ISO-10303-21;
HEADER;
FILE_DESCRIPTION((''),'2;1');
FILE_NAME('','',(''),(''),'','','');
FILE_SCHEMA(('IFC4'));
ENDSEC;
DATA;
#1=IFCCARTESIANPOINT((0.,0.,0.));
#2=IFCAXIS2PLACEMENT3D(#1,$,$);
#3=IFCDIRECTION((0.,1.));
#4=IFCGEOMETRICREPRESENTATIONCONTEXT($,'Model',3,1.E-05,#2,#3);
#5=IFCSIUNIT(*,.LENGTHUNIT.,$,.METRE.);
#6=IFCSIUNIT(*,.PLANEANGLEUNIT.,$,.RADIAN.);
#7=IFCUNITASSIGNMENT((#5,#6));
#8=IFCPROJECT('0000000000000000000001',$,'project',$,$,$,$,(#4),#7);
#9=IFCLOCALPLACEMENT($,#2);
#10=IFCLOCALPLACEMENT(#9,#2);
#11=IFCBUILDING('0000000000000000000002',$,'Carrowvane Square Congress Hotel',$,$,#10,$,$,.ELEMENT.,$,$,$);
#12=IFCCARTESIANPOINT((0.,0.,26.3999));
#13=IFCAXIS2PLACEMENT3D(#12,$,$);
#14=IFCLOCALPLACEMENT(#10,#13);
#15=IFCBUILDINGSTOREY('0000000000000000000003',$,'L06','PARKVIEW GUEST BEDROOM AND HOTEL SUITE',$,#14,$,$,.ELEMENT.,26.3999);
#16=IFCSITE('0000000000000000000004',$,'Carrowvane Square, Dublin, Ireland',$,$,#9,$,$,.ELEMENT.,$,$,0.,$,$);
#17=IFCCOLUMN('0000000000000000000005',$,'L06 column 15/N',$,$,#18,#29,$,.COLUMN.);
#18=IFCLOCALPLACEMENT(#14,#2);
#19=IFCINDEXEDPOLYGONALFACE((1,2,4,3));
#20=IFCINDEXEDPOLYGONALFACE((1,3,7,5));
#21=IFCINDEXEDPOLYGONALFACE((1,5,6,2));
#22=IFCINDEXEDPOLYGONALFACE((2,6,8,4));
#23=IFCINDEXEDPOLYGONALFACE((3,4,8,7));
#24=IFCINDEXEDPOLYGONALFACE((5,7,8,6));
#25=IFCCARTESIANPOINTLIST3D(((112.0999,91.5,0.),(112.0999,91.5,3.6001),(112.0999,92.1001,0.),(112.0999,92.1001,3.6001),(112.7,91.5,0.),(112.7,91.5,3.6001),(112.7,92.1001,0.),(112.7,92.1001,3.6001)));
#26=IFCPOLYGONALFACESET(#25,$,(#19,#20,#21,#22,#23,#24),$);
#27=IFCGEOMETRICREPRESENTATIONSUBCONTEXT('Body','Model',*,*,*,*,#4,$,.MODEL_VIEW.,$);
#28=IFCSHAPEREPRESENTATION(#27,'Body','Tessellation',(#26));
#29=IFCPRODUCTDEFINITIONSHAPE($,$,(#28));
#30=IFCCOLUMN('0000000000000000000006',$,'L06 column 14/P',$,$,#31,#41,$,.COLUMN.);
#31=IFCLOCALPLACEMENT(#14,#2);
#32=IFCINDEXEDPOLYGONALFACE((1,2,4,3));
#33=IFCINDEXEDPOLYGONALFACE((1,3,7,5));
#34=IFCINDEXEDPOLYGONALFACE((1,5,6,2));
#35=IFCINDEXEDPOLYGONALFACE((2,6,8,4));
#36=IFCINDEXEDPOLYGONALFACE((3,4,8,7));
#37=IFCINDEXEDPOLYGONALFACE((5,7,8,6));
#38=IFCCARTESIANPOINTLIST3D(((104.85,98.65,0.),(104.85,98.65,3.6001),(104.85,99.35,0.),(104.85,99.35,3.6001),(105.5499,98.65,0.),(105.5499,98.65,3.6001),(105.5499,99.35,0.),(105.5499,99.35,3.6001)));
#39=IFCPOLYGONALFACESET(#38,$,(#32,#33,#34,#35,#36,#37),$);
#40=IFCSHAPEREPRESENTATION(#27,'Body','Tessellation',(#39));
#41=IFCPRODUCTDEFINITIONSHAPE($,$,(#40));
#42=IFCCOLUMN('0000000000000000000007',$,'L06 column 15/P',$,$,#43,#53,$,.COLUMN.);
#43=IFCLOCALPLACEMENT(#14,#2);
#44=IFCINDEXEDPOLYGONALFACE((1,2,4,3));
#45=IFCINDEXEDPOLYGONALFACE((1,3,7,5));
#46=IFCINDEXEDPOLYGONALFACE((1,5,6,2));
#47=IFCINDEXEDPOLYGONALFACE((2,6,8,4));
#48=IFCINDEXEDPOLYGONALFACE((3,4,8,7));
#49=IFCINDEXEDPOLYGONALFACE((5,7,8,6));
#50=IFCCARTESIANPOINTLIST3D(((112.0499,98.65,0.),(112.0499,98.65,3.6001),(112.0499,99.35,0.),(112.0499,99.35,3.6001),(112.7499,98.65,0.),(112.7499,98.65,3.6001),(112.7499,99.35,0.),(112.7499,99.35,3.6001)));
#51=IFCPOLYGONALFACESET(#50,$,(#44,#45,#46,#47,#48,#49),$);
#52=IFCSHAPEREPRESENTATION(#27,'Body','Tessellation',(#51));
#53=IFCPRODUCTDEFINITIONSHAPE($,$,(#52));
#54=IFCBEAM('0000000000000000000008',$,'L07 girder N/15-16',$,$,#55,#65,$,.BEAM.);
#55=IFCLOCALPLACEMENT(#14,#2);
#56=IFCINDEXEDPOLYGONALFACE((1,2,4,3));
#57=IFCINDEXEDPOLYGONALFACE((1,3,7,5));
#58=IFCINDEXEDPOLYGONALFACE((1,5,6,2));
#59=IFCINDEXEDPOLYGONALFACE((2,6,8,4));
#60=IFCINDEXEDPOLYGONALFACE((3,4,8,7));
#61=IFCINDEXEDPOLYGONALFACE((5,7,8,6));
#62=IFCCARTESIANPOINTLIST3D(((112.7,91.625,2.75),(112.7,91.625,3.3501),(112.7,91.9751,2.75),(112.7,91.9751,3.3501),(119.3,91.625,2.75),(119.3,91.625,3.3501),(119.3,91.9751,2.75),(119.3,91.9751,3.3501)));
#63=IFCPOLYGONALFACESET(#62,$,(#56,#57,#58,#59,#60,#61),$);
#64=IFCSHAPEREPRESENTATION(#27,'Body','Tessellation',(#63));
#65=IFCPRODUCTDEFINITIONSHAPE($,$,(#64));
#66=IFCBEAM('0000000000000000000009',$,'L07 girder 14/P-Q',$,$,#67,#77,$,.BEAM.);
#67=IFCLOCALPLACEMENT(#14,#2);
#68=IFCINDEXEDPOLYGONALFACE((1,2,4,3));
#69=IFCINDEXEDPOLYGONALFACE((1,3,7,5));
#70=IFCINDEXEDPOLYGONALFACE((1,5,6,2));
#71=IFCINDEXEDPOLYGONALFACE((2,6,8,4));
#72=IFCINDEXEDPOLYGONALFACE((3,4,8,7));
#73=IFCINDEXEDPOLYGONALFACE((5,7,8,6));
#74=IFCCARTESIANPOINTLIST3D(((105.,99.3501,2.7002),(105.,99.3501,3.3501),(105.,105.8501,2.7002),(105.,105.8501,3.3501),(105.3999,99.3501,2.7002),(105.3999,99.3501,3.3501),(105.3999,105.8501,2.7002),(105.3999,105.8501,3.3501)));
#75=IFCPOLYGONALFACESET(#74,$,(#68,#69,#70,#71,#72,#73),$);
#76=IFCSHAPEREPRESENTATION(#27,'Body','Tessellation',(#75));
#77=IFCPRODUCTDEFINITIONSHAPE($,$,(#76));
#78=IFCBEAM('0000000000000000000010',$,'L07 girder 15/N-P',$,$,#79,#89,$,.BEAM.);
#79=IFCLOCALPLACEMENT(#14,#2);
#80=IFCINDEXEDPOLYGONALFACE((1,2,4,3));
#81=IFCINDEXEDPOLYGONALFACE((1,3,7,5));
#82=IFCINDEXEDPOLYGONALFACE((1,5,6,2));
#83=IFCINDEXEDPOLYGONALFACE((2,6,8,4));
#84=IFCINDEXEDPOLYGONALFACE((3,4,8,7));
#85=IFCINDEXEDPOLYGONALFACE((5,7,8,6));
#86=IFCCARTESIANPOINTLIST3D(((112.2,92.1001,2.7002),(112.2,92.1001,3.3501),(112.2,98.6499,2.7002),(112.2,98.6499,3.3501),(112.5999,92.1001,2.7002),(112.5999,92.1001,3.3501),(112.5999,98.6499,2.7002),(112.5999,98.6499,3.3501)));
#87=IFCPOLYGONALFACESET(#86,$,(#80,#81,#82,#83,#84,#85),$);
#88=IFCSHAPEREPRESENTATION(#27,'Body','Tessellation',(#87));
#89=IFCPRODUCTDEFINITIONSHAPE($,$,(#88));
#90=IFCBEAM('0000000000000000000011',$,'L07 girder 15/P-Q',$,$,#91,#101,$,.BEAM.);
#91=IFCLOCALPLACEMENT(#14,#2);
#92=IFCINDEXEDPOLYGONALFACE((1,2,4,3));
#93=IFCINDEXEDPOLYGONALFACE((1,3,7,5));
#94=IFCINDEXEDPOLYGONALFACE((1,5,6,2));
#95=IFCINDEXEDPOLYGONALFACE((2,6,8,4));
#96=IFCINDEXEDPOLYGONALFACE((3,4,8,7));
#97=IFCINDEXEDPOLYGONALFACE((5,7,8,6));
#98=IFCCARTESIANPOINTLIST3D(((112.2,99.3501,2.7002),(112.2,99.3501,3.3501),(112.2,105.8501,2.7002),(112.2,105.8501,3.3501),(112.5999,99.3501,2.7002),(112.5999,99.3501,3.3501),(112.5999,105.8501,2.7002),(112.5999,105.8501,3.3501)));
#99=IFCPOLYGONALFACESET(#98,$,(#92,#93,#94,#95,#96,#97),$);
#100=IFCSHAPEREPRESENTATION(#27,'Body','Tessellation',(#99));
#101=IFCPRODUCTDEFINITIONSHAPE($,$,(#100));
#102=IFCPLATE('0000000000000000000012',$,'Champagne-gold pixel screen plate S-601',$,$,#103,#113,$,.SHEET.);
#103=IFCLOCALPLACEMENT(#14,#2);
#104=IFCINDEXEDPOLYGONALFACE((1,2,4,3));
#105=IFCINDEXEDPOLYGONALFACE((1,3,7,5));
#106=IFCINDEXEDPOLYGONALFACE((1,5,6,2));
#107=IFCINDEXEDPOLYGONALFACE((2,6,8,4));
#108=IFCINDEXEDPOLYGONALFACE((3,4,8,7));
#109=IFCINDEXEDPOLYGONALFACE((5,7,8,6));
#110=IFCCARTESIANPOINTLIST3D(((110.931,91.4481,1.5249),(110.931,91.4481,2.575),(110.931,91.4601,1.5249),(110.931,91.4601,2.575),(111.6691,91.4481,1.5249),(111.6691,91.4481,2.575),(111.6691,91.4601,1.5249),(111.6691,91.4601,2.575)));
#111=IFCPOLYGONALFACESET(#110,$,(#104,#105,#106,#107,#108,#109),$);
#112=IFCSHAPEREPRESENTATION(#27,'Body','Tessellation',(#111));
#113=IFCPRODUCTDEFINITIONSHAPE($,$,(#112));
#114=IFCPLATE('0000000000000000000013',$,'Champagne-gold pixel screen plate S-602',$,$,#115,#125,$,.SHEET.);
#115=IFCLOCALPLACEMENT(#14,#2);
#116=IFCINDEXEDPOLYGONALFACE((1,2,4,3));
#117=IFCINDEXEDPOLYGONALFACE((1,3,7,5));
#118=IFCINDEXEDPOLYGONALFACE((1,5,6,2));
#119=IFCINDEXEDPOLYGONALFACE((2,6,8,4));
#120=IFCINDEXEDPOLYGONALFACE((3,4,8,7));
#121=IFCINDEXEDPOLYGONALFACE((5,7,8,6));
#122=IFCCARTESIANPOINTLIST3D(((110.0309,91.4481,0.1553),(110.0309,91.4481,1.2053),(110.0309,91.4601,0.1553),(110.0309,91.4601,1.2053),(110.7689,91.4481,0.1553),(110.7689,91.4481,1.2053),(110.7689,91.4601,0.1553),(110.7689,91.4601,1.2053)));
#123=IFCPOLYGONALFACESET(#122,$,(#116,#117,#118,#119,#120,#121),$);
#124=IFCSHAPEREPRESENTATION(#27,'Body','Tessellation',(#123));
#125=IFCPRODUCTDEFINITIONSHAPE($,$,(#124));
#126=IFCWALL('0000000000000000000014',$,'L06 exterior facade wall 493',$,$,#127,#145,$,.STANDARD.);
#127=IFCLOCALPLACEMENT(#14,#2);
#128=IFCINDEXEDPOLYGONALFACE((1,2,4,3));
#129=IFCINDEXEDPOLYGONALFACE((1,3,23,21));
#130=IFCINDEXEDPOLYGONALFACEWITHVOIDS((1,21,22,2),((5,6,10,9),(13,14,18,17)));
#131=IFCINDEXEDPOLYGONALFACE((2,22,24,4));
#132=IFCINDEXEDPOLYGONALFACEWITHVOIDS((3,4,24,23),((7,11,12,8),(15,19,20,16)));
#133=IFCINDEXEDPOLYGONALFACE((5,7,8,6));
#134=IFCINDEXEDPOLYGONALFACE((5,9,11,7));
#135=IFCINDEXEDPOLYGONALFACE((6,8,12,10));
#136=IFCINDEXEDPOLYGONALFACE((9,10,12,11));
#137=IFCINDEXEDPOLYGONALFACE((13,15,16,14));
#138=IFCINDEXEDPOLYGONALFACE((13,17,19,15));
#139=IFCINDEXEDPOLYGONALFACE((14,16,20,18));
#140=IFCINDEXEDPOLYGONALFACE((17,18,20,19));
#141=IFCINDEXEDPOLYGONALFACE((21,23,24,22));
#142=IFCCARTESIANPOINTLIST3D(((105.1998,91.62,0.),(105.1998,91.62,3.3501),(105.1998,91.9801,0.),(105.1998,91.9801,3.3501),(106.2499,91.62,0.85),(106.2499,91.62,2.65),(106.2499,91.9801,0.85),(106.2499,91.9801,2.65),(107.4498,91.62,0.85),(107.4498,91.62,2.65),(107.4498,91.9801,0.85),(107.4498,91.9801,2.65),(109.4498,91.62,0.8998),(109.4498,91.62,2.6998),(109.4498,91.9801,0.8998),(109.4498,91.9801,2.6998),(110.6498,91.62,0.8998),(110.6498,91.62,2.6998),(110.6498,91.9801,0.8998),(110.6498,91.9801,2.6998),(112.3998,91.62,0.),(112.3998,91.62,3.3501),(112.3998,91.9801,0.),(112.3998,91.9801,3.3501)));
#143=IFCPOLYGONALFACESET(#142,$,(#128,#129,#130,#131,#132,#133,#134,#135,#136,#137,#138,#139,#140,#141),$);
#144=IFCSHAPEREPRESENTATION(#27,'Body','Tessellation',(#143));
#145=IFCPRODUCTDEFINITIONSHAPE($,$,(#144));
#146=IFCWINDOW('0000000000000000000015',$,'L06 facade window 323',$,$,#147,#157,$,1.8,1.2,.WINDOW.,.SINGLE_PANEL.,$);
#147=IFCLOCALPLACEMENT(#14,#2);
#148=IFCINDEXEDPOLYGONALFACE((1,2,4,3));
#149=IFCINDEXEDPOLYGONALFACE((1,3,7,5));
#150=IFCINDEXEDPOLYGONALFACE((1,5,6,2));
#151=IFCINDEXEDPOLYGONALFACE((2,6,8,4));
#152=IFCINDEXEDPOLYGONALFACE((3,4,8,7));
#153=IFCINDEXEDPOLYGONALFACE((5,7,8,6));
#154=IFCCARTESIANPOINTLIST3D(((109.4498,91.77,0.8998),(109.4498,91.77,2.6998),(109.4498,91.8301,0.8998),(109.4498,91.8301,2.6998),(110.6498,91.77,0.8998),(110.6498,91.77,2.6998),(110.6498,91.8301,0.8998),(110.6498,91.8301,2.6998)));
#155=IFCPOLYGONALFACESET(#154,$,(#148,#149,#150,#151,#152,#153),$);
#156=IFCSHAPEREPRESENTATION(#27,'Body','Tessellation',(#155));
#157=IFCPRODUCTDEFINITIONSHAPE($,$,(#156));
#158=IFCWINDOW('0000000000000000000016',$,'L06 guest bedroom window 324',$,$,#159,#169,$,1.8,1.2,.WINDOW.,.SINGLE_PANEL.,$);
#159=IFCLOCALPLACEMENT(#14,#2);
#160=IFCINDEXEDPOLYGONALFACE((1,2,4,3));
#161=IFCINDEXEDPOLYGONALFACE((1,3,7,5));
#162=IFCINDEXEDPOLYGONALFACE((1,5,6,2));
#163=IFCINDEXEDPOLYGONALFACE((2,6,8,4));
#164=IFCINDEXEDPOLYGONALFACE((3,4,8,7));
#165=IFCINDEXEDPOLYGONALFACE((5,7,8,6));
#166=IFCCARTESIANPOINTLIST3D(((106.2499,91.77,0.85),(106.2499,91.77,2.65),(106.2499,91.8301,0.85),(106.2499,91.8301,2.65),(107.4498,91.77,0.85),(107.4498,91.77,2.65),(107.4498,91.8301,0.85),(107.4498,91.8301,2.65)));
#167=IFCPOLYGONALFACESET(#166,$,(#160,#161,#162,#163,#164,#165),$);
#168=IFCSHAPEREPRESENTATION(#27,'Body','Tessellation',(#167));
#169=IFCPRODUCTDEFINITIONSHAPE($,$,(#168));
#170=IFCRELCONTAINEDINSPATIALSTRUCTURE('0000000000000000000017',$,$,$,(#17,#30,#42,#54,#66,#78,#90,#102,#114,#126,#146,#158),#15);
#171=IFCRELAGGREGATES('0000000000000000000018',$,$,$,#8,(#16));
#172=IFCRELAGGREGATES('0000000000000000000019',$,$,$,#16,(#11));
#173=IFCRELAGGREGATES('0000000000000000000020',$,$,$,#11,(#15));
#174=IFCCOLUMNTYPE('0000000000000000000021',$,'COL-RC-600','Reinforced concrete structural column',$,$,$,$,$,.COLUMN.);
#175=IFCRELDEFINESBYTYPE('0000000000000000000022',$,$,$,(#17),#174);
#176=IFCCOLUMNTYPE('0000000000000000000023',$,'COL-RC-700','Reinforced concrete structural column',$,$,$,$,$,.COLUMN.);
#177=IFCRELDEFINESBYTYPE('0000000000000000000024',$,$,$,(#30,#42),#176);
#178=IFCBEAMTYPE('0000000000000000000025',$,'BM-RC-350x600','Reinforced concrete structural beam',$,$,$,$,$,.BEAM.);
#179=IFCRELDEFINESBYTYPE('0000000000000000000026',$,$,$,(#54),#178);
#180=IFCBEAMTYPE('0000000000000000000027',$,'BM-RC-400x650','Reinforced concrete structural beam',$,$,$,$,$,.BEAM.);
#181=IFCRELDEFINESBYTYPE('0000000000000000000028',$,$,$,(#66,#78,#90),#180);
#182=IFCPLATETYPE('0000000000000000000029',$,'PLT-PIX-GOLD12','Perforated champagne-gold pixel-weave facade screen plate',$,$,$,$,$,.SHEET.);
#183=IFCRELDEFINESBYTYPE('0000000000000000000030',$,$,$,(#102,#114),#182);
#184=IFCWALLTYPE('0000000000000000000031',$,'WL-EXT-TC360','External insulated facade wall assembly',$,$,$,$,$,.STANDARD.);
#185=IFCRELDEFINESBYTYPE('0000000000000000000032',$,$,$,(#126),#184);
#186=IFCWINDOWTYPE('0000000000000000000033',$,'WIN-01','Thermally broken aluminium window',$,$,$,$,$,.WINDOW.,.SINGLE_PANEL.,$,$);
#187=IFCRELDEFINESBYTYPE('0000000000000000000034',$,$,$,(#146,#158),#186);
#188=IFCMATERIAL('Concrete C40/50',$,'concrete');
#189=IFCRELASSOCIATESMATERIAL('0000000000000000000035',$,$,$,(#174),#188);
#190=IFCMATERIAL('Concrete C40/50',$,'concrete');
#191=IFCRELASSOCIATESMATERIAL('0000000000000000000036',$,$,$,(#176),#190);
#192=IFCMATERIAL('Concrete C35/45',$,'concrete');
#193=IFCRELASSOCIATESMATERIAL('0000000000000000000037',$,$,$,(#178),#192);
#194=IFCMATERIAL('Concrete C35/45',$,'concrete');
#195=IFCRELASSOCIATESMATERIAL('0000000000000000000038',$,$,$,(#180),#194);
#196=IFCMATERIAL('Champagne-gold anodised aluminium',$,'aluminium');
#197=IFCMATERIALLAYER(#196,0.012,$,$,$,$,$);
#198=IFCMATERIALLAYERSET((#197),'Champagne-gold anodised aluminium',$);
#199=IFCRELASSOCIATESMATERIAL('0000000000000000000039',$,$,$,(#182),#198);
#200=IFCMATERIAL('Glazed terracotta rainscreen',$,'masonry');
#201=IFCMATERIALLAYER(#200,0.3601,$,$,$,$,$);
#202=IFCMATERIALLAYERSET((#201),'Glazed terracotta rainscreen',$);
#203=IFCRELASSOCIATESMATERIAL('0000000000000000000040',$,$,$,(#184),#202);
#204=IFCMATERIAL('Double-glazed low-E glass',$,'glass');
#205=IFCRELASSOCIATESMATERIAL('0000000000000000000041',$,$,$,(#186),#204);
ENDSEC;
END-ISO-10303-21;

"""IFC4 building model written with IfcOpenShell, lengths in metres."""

from ifc_helpers import new_model, si_unit, direction, frame, frame_2d, origin, origin_2d, place, context, subcontext, project, spatial, rectangle, extrude, material, layer, layer_set, material_profile, profile_set, type_object, element, fill, save


model = new_model("IFC4")

# Units and contexts
model_context = context("Model", 3, precision=1e-05, world=origin(), true_north=direction((0.0, 1.0)))
body_context = subcontext(model_context, "Body", "Model", "MODEL_VIEW")
ifc_project = project(units=[si_unit("LENGTHUNIT", "METRE"), si_unit("PLANEANGLEUNIT", "RADIAN")], contexts=[model_context])

# Site, building, storey
site_placement = place(None, origin())
site = spatial("IfcSite", under=ifc_project, at=site_placement, Name="Carrowvane Square, Dublin, Ireland", CompositionType="ELEMENT", RefElevation=0.0)
building_placement = place(site_placement, origin())
building = spatial("IfcBuilding", under=site, at=building_placement, Name="Carrowvane Square Congress Hotel", CompositionType="ELEMENT")
storey_placement = place(building_placement, frame((0.0, 0.0, 26.3999)))
storey = spatial("IfcBuildingStorey", under=building, at=storey_placement, Name="L06", Description="PARKVIEW GUEST BEDROOM AND HOTEL SUITE", CompositionType="ELEMENT", Elevation=26.3999)

# Columns
ifc_material_1 = material(Name="Concrete C40/50", Category="concrete")
ifc_material_profile_1 = material_profile(ifc_material_1, rectangle(XDim=0.6001, YDim=0.6001, at=origin_2d()), Name="RC 600x600")
ifc_profile_set_1 = profile_set([ifc_material_profile_1], Name="Concrete C40/50")
column_type_1 = type_object("IfcColumnType", Name="COL-RC-600", Description="Reinforced concrete structural column", PredefinedType="COLUMN", material=ifc_profile_set_1)
column_placement = place(storey_placement, frame((112.3999, 91.8, 0.0), z_axis=(0.0, 0.0, 1.0), x_axis=(1.0, 0.0, 0.0)))
element("IfcColumn", 1, at=column_placement, inside=storey, type_object=column_type_1, Name="L06 column 15/N", PredefinedType="COLUMN", context=body_context, shape_type="SweptSolid", body=[
    extrude(rectangle(XDim=0.6001, YDim=0.6001, at=origin_2d()), origin(), (0.0, 0.0, 1.0), 3.6001),
])
ifc_material_2 = material(Name="Concrete C40/50", Category="concrete")
ifc_material_profile_2 = material_profile(ifc_material_2, rectangle(XDim=0.7, YDim=0.7, at=origin_2d()), Name="RC 700x700")
ifc_profile_set_2 = profile_set([ifc_material_profile_2], Name="Concrete C40/50")
column_type_2 = type_object("IfcColumnType", Name="COL-RC-700", Description="Reinforced concrete structural column", PredefinedType="COLUMN", material=ifc_profile_set_2)
for number, where, z_axis, x_axis, name in (
    (2, (105.2, 99.0, 0.0), (0.0, 0.0, 1.0), (1.0, 0.0, 0.0), "L06 column 14/P"),
    (3, (112.3999, 99.0, 0.0), (0.0, 0.0, 1.0), (1.0, 0.0, 0.0), "L06 column 15/P"),
):
    element("IfcColumn", number, at=place(storey_placement, frame(where, z_axis=z_axis, x_axis=x_axis)), inside=storey, type_object=column_type_2, Name=name, PredefinedType="COLUMN", context=body_context, shape_type="SweptSolid", body=[
        extrude(rectangle(XDim=0.7, YDim=0.7, at=origin_2d()), origin(), (0.0, 0.0, 1.0), 3.6001),
    ])

# Beams
ifc_material_3 = material(Name="Concrete C35/45", Category="concrete")
ifc_material_profile_3 = material_profile(ifc_material_3, rectangle(XDim=0.3501, YDim=0.6001, at=origin_2d()), Name="RC 350x600")
ifc_profile_set_3 = profile_set([ifc_material_profile_3], Name="Concrete C35/45")
beam_type_1 = type_object("IfcBeamType", Name="BM-RC-350x600", Description="Reinforced concrete structural beam", PredefinedType="BEAM", material=ifc_profile_set_3)
beam_1_placement = place(storey_placement, frame((112.7, 91.8, 3.05), z_axis=(1.0, 0.0, 0.0), x_axis=(0.0, 1.0, 0.0)))
element("IfcBeam", 4, at=beam_1_placement, inside=storey, type_object=beam_type_1, Name="L07 girder N/15-16", PredefinedType="BEAM", context=body_context, shape_type="SweptSolid", body=[
    extrude(rectangle(XDim=0.3501, YDim=0.6001, at=origin_2d()), origin(), (0.0, 0.0, 1.0), 6.6001),
])
ifc_material_4 = material(Name="Concrete C35/45", Category="concrete")
ifc_material_profile_4 = material_profile(ifc_material_4, rectangle(XDim=0.3999, YDim=0.6499, at=origin_2d()), Name="RC 400x650")
ifc_profile_set_4 = profile_set([ifc_material_profile_4], Name="Concrete C35/45")
beam_type_2 = type_object("IfcBeamType", Name="BM-RC-400x650", Description="Reinforced concrete structural beam", PredefinedType="BEAM", material=ifc_profile_set_4)
beam_2_placement = place(storey_placement, frame((105.2, 99.3501, 3.0251), z_axis=(0.0, 1.0, 0.0), x_axis=(-1.0, 0.0, 0.0)))
element("IfcBeam", 5, at=beam_2_placement, inside=storey, type_object=beam_type_2, Name="L07 girder 14/P-Q", PredefinedType="BEAM", context=body_context, shape_type="SweptSolid", body=[
    extrude(rectangle(XDim=0.3999, YDim=0.6499, at=origin_2d()), origin(), (0.0, 0.0, 1.0), 6.5),
])
beam_3_placement = place(storey_placement, frame((112.3999, 92.1001, 3.0251), z_axis=(0.0, 1.0, 0.0), x_axis=(-1.0, 0.0, 0.0)))
element("IfcBeam", 6, at=beam_3_placement, inside=storey, type_object=beam_type_2, Name="L07 girder 15/N-P", PredefinedType="BEAM", context=body_context, shape_type="SweptSolid", body=[
    extrude(rectangle(XDim=0.3999, YDim=0.6499, at=origin_2d()), origin(), (0.0, 0.0, 1.0), 6.5498),
])
beam_4_placement = place(storey_placement, frame((112.3999, 99.3501, 3.0251), z_axis=(0.0, 1.0, 0.0), x_axis=(-1.0, 0.0, 0.0)))
element("IfcBeam", 7, at=beam_4_placement, inside=storey, type_object=beam_type_2, Name="L07 girder 15/P-Q", PredefinedType="BEAM", context=body_context, shape_type="SweptSolid", body=[
    extrude(rectangle(XDim=0.3999, YDim=0.6499, at=origin_2d()), origin(), (0.0, 0.0, 1.0), 6.5),
])

# Plates
ifc_material_5 = material(Name="Champagne-gold anodised aluminium", Category="aluminium")
ifc_layer_1 = layer(ifc_material_5, 0.012)
ifc_layer_set_1 = layer_set([ifc_layer_1], Name="Champagne-gold anodised aluminium")
plate_type = type_object("IfcPlateType", Name="PLT-PIX-GOLD12", Description="Perforated champagne-gold pixel-weave facade screen plate", PredefinedType="SHEET", material=ifc_layer_set_1)
for number, where, z_axis, x_axis, name in (
    (8, (111.3, 91.4541, 1.5249), (0.0, 0.0, 1.0), (-1.0, 0.0, 0.0), "Champagne-gold pixel screen plate S-601"),
    (9, (110.3999, 91.4541, 0.1553), (0.0, 0.0, 1.0), (-1.0, 0.0, 0.0), "Champagne-gold pixel screen plate S-602"),
):
    element("IfcPlate", number, at=place(storey_placement, frame(where, z_axis=z_axis, x_axis=x_axis)), inside=storey, type_object=plate_type, Name=name, PredefinedType="SHEET", context=body_context, shape_type="SweptSolid", body=[
        extrude(rectangle(XDim=0.738, YDim=0.012, at=origin_2d()), origin(), (0.0, 0.0, 1.0), 1.05),
    ])

# Wall, openings, windows
ifc_material_6 = material(Name="Glazed terracotta rainscreen", Category="masonry")
ifc_layer_2 = layer(ifc_material_6, 0.3601)
ifc_layer_set_2 = layer_set([ifc_layer_2], Name="Glazed terracotta rainscreen")
wall_type_1 = type_object("IfcWallType", Name="WL-EXT-TC360", Description="External insulated facade wall assembly", PredefinedType="STANDARD", material=ifc_layer_set_2)
wall_1_placement = place(storey_placement, frame((112.3999, 91.8, 0.0), z_axis=(0.0, 0.0, 1.0), x_axis=(-1.0, 0.0, 0.0)))
wall_1 = element("IfcWall", 10, at=wall_1_placement, inside=storey, type_object=wall_type_1, Name="L06 exterior facade wall 493", PredefinedType="STANDARD", context=body_context, shape_type="SweptSolid", body=[
    extrude(rectangle(XDim=7.2, YDim=0.3601, at=frame_2d((3.6001, 0.0))), origin(), (0.0, 0.0, 1.0), 3.3501),
])
opening_1_placement = place(wall_1_placement, frame((1.75, 0.0, 0.8999)))
opening_1 = element("IfcOpeningElement", 11, at=opening_1_placement, cuts=wall_1, PredefinedType="OPENING", context=body_context, shape_type="SweptSolid", body=[
    extrude(rectangle(XDim=1.2, YDim=1.8, at=frame_2d((0.6001, 0.8999))), frame((0.0, 0.1899, 0.0), z_axis=(0.0, -1.0, 0.0), x_axis=(1.0, 0.0, 0.0)), (0.0, 0.0, 1.0), 0.3801),
])
opening_2_placement = place(wall_1_placement, frame((4.95, 0.0, 0.8501)))
opening_2 = element("IfcOpeningElement", 12, at=opening_2_placement, cuts=wall_1, PredefinedType="OPENING", context=body_context, shape_type="SweptSolid", body=[
    extrude(rectangle(XDim=1.2, YDim=1.8, at=frame_2d((0.6001, 0.8999))), frame((0.0, 0.1899, 0.0), z_axis=(0.0, -1.0, 0.0), x_axis=(1.0, 0.0, 0.0)), (0.0, 0.0, 1.0), 0.3801),
])
ifc_material_7 = material(Name="Double-glazed low-E glass", Category="glass")
window_type_1 = type_object("IfcWindowType", Name="WIN-01", Description="Thermally broken aluminium window", PartitioningType="SINGLE_PANEL", PredefinedType="WINDOW", material=ifc_material_7)
window_1_placement = place(opening_1_placement, origin())
window_1 = element("IfcWindow", 13, at=window_1_placement, inside=storey, type_object=window_type_1, Name="L06 facade window 323", OverallHeight=1.8, OverallWidth=1.2, PartitioningType="SINGLE_PANEL", PredefinedType="WINDOW", context=body_context, shape_type="SweptSolid", body=[
    extrude(rectangle(XDim=1.2, YDim=1.8, at=frame_2d((0.6001, 0.8999))), frame((0.0, 0.03, 0.0), z_axis=(0.0, -1.0, 0.0), x_axis=(1.0, 0.0, 0.0)), (0.0, 0.0, 1.0), 0.0601),
])
fill(opening_1, window_1)
window_2_placement = place(opening_2_placement, origin())
window_2 = element("IfcWindow", 14, at=window_2_placement, inside=storey, type_object=window_type_1, Name="L06 guest bedroom window 324", OverallHeight=1.8, OverallWidth=1.2, PartitioningType="SINGLE_PANEL", PredefinedType="WINDOW", context=body_context, shape_type="SweptSolid", body=[
    extrude(rectangle(XDim=1.2, YDim=1.8, at=frame_2d((0.6001, 0.8999))), frame((0.0, 0.03, 0.0), z_axis=(0.0, -1.0, 0.0), x_axis=(1.0, 0.0, 0.0)), (0.0, 0.0, 1.0), 0.0601),
])
fill(opening_2, window_2)

save(model, "model.ifc")
